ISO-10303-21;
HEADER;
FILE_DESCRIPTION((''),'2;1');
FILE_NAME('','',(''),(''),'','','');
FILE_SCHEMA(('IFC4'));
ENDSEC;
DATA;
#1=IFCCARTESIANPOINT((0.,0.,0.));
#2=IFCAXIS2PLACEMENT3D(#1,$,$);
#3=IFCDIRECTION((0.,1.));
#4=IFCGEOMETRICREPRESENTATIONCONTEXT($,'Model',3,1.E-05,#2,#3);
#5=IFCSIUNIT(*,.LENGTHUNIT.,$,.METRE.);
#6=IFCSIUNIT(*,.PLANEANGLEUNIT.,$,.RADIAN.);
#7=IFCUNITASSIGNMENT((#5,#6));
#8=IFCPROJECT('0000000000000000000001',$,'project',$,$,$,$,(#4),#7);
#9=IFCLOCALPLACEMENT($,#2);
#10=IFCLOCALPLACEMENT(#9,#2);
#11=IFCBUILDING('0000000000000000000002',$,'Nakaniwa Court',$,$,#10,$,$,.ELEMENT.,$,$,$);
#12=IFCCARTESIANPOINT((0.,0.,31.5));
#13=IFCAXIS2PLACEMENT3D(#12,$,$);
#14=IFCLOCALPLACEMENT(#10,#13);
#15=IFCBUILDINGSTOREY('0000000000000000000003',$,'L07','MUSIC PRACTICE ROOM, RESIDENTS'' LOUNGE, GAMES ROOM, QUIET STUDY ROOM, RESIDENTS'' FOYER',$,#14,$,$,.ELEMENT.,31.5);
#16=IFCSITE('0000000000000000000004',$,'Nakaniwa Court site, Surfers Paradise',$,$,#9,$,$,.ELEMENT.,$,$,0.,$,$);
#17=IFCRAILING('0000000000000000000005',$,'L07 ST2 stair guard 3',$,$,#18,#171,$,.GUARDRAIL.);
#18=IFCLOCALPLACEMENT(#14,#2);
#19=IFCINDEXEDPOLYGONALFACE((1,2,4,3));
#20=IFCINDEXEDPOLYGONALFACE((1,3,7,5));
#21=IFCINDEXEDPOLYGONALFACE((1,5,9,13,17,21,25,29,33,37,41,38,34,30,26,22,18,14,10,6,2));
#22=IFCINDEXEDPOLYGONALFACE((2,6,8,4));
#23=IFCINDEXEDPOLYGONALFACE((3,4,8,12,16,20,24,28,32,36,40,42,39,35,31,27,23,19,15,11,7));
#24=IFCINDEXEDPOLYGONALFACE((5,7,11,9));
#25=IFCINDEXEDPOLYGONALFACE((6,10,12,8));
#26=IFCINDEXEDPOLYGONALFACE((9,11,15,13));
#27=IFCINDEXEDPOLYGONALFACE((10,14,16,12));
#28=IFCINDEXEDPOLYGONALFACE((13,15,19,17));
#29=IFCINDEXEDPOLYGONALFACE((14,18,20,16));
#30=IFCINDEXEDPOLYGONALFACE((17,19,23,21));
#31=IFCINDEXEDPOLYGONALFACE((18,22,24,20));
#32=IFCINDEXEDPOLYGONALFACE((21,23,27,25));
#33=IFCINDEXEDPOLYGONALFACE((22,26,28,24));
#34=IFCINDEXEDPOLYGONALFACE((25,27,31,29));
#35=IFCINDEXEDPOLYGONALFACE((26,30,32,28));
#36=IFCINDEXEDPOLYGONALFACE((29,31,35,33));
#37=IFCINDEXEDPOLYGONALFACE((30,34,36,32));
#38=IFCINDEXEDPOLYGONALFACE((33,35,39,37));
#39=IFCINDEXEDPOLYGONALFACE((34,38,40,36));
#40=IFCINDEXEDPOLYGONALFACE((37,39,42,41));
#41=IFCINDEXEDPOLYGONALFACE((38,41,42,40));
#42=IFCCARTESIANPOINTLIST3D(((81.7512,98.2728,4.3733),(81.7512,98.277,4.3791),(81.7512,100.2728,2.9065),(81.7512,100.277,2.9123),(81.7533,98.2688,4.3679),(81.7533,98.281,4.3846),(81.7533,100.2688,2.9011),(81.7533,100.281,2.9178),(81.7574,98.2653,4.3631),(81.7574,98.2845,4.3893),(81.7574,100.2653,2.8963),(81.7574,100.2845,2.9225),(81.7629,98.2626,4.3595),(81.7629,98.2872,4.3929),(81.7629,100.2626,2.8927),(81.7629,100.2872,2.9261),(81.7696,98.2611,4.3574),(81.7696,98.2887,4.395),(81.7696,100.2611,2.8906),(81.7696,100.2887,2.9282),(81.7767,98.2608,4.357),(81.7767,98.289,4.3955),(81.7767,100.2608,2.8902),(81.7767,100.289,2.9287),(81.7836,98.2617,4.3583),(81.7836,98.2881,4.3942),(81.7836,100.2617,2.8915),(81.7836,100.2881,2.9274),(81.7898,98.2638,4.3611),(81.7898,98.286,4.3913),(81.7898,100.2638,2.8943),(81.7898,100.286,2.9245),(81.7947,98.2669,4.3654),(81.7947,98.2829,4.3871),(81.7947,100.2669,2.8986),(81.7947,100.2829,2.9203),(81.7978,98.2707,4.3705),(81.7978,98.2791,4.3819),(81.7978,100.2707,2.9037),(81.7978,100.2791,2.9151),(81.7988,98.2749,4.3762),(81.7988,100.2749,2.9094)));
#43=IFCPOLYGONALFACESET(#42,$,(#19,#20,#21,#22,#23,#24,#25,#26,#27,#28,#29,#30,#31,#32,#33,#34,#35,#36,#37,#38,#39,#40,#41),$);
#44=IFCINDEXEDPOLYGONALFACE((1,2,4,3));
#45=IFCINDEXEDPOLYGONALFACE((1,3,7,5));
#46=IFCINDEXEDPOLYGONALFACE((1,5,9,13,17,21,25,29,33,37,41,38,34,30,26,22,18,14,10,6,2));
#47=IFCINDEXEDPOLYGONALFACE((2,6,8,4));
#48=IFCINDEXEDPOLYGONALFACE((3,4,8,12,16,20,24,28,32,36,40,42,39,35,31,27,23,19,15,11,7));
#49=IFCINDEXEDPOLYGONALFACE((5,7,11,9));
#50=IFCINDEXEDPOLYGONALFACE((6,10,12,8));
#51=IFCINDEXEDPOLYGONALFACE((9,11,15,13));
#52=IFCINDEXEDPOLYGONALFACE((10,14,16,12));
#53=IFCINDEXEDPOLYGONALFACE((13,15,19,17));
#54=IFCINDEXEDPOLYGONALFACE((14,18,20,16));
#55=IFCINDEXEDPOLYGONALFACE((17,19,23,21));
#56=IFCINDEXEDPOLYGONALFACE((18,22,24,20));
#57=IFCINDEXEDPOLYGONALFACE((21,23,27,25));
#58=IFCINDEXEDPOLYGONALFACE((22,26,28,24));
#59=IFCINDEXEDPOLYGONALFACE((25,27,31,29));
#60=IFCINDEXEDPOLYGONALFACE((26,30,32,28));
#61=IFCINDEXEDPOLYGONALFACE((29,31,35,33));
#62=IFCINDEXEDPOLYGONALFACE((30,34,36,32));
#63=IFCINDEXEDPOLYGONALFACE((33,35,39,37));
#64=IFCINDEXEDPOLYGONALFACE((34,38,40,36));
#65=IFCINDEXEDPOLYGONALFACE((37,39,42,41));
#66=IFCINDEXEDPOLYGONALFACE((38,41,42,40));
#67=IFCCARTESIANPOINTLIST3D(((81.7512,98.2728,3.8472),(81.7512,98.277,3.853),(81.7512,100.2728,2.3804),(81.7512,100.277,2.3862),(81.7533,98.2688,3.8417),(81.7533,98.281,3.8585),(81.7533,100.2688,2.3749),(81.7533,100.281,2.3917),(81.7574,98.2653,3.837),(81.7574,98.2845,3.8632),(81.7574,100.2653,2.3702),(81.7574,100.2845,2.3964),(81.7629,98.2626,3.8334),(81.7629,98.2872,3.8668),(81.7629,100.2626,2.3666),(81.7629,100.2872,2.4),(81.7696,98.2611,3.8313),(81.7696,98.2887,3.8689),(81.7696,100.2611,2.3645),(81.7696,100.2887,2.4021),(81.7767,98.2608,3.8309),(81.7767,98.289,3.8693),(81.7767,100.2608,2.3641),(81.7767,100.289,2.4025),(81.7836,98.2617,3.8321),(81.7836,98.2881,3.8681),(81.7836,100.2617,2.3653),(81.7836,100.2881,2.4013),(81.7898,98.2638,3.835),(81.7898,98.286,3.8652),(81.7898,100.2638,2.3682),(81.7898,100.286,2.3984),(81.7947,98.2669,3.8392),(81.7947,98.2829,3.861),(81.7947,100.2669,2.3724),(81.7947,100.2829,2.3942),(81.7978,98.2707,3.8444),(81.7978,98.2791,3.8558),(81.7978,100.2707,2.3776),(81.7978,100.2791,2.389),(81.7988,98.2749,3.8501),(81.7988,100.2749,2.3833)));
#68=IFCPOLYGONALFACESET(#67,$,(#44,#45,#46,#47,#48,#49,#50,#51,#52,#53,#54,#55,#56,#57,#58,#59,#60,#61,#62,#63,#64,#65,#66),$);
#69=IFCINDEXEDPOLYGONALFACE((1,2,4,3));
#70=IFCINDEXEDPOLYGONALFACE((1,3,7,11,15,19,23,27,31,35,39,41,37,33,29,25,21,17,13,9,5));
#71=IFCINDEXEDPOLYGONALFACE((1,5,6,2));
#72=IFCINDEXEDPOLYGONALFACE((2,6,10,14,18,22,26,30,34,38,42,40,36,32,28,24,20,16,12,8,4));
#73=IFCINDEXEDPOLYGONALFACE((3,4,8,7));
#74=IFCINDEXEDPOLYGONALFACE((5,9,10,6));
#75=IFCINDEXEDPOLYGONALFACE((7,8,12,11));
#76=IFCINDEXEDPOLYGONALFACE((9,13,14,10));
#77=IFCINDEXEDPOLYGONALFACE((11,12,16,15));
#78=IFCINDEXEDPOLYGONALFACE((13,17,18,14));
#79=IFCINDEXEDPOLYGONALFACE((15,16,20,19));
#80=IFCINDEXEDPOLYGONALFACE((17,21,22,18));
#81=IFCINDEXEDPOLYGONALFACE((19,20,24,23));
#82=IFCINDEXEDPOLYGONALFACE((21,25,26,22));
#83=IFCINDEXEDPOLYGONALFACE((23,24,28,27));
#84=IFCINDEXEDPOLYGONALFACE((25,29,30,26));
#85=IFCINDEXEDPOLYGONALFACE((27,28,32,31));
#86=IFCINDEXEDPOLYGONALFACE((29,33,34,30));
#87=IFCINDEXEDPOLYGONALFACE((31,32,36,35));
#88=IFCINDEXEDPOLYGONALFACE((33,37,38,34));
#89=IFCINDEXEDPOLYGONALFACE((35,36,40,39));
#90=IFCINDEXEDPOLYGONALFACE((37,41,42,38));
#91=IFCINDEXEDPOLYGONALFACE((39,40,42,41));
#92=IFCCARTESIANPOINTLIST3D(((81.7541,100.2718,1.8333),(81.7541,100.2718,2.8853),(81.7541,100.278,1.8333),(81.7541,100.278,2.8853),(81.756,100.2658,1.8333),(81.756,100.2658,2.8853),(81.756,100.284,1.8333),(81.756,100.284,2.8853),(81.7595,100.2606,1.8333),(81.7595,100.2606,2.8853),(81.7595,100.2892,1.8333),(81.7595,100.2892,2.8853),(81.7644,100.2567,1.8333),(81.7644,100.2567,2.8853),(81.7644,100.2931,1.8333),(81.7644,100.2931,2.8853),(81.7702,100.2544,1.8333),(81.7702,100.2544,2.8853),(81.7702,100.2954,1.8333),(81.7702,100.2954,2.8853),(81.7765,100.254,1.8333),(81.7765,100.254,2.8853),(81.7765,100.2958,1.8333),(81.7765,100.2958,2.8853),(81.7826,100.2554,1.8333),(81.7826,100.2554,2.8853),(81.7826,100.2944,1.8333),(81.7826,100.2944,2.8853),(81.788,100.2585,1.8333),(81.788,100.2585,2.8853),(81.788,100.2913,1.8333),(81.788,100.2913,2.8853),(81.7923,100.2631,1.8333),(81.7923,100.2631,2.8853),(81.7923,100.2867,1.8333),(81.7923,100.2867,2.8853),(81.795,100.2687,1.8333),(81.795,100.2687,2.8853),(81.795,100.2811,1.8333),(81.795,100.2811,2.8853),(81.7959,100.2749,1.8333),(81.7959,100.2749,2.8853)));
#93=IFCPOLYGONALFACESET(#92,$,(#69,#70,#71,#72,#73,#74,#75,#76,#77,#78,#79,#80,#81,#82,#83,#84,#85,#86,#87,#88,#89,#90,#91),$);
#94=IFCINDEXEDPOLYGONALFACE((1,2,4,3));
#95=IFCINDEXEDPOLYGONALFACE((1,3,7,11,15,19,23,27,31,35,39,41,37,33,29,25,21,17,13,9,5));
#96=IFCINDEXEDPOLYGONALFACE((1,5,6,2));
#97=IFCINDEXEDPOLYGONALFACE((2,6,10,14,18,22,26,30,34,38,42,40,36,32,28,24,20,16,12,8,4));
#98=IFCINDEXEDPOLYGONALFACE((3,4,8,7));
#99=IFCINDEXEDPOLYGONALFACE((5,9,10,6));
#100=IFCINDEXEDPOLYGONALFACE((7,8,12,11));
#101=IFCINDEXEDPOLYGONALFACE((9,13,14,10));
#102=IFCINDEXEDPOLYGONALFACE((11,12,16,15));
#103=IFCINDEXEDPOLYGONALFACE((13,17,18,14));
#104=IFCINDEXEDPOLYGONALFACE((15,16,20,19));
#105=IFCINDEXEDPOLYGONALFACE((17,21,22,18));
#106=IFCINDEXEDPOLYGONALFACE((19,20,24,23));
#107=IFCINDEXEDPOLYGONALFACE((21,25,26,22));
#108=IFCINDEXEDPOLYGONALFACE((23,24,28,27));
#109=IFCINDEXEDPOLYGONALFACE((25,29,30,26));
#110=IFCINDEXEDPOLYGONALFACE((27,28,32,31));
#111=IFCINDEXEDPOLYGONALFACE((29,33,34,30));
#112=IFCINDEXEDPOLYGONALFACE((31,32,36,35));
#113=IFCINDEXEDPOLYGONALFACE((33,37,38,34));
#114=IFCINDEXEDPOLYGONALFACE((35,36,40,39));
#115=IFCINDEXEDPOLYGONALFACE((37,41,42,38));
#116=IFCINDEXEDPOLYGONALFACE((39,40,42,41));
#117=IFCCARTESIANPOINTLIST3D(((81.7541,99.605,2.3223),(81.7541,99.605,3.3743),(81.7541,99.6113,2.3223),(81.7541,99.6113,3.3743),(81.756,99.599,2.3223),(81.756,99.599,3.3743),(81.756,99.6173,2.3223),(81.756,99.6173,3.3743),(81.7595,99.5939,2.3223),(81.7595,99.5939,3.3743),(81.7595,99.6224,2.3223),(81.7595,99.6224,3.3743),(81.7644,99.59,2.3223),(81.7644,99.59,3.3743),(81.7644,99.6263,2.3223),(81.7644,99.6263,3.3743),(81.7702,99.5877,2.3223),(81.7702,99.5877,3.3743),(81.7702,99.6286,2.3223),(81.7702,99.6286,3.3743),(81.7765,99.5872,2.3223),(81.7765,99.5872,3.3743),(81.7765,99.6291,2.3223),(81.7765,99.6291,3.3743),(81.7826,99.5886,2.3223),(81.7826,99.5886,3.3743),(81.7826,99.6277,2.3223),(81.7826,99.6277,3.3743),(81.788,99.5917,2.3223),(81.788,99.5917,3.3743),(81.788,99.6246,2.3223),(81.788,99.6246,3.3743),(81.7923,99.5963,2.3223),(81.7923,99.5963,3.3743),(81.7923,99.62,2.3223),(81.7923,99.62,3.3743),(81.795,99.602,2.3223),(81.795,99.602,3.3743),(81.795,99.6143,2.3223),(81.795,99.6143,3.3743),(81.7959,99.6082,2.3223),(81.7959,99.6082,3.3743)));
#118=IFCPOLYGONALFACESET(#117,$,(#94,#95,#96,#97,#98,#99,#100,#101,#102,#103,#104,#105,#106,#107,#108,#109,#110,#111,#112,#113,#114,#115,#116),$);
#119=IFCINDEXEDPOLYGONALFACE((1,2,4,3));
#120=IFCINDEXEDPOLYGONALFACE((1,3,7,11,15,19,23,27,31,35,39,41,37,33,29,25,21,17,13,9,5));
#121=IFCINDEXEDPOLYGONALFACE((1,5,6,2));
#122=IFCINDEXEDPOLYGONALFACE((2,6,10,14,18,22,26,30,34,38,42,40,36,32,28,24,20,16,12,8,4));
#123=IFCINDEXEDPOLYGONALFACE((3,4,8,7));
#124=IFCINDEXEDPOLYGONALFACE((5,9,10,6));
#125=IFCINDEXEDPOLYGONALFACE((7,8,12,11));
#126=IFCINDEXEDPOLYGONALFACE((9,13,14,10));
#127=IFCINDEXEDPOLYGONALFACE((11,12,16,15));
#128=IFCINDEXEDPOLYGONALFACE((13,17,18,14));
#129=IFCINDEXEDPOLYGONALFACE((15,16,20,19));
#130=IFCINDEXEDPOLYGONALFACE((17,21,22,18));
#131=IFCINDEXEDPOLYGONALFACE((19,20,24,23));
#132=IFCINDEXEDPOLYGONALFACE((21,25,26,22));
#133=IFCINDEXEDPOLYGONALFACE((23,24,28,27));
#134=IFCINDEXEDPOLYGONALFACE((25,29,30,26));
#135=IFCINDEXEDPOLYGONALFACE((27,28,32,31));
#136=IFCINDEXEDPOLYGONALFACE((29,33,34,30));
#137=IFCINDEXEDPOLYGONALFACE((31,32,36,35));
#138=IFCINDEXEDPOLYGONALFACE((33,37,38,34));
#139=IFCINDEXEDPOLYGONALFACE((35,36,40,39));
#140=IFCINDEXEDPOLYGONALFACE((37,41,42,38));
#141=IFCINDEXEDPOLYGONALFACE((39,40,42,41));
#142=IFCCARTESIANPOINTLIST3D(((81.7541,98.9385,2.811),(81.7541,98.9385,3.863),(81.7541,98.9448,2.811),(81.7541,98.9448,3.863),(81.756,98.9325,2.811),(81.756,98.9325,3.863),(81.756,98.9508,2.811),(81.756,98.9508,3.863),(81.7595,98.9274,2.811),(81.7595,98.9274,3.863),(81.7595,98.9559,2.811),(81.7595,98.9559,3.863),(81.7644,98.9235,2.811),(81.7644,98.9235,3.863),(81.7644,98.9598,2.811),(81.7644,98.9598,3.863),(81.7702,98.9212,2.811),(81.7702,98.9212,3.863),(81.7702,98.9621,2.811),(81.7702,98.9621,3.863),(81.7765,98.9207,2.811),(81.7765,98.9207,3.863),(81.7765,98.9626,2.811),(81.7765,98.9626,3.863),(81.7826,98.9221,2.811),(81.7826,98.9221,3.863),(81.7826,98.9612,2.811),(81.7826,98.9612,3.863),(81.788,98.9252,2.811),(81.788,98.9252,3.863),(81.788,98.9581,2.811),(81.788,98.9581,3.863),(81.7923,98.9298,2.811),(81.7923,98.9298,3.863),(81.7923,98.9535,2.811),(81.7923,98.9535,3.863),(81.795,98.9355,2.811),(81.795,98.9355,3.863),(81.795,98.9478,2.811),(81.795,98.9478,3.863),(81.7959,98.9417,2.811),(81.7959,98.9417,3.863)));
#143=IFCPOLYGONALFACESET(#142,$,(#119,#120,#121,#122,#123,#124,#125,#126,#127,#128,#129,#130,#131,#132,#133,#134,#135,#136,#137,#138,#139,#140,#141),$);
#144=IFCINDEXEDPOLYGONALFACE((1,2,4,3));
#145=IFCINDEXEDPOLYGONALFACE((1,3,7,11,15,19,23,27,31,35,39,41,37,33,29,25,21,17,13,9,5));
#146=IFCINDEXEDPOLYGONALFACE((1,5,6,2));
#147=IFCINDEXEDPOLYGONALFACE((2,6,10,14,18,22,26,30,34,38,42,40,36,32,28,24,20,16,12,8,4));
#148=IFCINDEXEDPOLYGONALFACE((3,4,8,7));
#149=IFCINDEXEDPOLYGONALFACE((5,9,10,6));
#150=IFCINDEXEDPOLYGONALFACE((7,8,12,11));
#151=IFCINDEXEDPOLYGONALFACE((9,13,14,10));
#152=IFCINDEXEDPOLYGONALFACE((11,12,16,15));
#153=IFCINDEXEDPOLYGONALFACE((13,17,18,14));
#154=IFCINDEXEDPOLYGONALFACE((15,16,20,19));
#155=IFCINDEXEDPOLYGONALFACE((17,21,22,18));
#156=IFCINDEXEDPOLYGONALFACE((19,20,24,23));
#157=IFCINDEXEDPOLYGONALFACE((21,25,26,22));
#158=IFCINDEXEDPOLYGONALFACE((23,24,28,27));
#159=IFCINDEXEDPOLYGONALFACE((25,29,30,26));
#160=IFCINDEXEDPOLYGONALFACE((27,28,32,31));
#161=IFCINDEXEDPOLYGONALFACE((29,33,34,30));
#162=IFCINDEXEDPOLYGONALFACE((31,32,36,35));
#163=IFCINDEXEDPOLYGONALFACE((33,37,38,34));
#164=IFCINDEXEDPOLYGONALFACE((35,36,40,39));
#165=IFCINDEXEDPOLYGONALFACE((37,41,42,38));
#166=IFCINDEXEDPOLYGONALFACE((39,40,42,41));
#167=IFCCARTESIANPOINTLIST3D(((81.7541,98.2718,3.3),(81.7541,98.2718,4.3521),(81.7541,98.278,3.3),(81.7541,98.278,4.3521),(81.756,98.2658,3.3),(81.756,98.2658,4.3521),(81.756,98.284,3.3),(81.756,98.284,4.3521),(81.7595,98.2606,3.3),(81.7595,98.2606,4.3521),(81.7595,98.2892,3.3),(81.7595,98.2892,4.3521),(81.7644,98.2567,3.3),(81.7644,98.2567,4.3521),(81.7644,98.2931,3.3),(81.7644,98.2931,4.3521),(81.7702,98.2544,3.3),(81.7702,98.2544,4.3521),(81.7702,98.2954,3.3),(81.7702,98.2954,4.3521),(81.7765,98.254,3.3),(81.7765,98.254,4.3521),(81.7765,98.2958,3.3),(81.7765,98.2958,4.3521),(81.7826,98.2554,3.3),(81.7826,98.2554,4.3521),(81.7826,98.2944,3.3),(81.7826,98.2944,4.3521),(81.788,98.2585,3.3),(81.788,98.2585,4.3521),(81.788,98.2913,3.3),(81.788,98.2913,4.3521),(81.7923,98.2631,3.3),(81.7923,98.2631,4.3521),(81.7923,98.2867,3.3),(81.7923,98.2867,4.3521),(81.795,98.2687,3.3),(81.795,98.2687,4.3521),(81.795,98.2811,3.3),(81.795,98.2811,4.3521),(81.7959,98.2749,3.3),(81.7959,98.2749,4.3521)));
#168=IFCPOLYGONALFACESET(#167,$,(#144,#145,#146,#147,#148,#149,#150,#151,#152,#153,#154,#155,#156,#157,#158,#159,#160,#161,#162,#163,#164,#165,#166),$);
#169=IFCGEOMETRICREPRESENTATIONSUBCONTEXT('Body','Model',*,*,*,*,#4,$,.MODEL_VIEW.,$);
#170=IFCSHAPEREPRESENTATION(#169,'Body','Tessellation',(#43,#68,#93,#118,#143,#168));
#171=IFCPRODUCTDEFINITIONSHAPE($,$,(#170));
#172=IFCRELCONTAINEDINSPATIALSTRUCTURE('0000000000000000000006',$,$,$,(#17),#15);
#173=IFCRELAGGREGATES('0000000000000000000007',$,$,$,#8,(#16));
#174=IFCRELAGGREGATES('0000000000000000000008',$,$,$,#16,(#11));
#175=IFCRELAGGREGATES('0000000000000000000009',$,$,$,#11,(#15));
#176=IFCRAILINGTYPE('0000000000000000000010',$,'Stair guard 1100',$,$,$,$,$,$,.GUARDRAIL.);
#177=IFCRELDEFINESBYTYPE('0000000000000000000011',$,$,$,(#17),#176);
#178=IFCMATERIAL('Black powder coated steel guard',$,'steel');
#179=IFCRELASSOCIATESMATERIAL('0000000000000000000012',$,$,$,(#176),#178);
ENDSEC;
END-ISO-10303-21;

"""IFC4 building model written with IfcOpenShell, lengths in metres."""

from ifc_helpers import new_model, si_unit, direction, frame, origin, origin_2d, place, context, subcontext, project, spatial, circle, extrude, material, type_object, element, save


model = new_model("IFC4")

# Units and contexts
model_context = context("Model", 3, precision=1e-05, world=origin(), true_north=direction((0.0, 1.0)))
body_context = subcontext(model_context, "Body", "Model", "MODEL_VIEW")
ifc_project = project(units=[si_unit("LENGTHUNIT", "METRE"), si_unit("PLANEANGLEUNIT", "RADIAN")], contexts=[model_context])

# Site, building, storey
site_placement = place(None, origin())
site = spatial("IfcSite", under=ifc_project, at=site_placement, Name="Nakaniwa Court site, Surfers Paradise", CompositionType="ELEMENT", RefElevation=0.0)
building_placement = place(site_placement, origin())
building = spatial("IfcBuilding", under=site, at=building_placement, Name="Nakaniwa Court", CompositionType="ELEMENT")
storey_placement = place(building_placement, frame((0.0, 0.0, 31.5)))
storey = spatial("IfcBuildingStorey", under=building, at=storey_placement, Name="L07", Description="MUSIC PRACTICE ROOM, RESIDENTS' LOUNGE, GAMES ROOM, QUIET STUDY ROOM, RESIDENTS' FOYER", CompositionType="ELEMENT", Elevation=31.5)

# Railing
ifc_material_1 = material(Name="Black powder coated steel guard", Category="steel")
railing_type_1 = type_object("IfcRailingType", Name="Stair guard 1100", PredefinedType="GUARDRAIL", material=ifc_material_1)
railing_1_placement = place(storey_placement, frame((81.7749, 100.2749, 1.8333)))
element("IfcRailing", 1, at=railing_1_placement, inside=storey, type_object=railing_type_1, Name="L07 ST2 stair guard 3", PredefinedType="GUARDRAIL", context=body_context, shape_type="SweptSolid", body=[
    extrude(circle(Radius=0.0239, at=origin_2d()), frame((0.0, 0.0, 1.0762), z_axis=(0.0, -0.80638, 0.591398), x_axis=(1.0, 0.0, 0.0)), (0.0, 0.0, 1.0), 2.4802),
    extrude(circle(Radius=0.0239, at=origin_2d()), frame((0.0, 0.0, 0.55), z_axis=(0.0, -0.80638, 0.591398), x_axis=(1.0, 0.0, 0.0)), (0.0, 0.0, 1.0), 2.4802),
    extrude(circle(Radius=0.021, at=origin_2d()), origin(), (0.0, 0.0, 1.0), 1.052),
    extrude(circle(Radius=0.021, at=origin_2d()), frame((0.0, -0.6667, 0.489)), (0.0, 0.0, 1.0), 1.052),
    extrude(circle(Radius=0.021, at=origin_2d()), frame((0.0, -1.3333, 0.9778)), (0.0, 0.0, 1.0), 1.052),
    extrude(circle(Radius=0.021, at=origin_2d()), frame((0.0, -2.0, 1.4668)), (0.0, 0.0, 1.0), 1.052),
])

save(model, "model.ifc")
